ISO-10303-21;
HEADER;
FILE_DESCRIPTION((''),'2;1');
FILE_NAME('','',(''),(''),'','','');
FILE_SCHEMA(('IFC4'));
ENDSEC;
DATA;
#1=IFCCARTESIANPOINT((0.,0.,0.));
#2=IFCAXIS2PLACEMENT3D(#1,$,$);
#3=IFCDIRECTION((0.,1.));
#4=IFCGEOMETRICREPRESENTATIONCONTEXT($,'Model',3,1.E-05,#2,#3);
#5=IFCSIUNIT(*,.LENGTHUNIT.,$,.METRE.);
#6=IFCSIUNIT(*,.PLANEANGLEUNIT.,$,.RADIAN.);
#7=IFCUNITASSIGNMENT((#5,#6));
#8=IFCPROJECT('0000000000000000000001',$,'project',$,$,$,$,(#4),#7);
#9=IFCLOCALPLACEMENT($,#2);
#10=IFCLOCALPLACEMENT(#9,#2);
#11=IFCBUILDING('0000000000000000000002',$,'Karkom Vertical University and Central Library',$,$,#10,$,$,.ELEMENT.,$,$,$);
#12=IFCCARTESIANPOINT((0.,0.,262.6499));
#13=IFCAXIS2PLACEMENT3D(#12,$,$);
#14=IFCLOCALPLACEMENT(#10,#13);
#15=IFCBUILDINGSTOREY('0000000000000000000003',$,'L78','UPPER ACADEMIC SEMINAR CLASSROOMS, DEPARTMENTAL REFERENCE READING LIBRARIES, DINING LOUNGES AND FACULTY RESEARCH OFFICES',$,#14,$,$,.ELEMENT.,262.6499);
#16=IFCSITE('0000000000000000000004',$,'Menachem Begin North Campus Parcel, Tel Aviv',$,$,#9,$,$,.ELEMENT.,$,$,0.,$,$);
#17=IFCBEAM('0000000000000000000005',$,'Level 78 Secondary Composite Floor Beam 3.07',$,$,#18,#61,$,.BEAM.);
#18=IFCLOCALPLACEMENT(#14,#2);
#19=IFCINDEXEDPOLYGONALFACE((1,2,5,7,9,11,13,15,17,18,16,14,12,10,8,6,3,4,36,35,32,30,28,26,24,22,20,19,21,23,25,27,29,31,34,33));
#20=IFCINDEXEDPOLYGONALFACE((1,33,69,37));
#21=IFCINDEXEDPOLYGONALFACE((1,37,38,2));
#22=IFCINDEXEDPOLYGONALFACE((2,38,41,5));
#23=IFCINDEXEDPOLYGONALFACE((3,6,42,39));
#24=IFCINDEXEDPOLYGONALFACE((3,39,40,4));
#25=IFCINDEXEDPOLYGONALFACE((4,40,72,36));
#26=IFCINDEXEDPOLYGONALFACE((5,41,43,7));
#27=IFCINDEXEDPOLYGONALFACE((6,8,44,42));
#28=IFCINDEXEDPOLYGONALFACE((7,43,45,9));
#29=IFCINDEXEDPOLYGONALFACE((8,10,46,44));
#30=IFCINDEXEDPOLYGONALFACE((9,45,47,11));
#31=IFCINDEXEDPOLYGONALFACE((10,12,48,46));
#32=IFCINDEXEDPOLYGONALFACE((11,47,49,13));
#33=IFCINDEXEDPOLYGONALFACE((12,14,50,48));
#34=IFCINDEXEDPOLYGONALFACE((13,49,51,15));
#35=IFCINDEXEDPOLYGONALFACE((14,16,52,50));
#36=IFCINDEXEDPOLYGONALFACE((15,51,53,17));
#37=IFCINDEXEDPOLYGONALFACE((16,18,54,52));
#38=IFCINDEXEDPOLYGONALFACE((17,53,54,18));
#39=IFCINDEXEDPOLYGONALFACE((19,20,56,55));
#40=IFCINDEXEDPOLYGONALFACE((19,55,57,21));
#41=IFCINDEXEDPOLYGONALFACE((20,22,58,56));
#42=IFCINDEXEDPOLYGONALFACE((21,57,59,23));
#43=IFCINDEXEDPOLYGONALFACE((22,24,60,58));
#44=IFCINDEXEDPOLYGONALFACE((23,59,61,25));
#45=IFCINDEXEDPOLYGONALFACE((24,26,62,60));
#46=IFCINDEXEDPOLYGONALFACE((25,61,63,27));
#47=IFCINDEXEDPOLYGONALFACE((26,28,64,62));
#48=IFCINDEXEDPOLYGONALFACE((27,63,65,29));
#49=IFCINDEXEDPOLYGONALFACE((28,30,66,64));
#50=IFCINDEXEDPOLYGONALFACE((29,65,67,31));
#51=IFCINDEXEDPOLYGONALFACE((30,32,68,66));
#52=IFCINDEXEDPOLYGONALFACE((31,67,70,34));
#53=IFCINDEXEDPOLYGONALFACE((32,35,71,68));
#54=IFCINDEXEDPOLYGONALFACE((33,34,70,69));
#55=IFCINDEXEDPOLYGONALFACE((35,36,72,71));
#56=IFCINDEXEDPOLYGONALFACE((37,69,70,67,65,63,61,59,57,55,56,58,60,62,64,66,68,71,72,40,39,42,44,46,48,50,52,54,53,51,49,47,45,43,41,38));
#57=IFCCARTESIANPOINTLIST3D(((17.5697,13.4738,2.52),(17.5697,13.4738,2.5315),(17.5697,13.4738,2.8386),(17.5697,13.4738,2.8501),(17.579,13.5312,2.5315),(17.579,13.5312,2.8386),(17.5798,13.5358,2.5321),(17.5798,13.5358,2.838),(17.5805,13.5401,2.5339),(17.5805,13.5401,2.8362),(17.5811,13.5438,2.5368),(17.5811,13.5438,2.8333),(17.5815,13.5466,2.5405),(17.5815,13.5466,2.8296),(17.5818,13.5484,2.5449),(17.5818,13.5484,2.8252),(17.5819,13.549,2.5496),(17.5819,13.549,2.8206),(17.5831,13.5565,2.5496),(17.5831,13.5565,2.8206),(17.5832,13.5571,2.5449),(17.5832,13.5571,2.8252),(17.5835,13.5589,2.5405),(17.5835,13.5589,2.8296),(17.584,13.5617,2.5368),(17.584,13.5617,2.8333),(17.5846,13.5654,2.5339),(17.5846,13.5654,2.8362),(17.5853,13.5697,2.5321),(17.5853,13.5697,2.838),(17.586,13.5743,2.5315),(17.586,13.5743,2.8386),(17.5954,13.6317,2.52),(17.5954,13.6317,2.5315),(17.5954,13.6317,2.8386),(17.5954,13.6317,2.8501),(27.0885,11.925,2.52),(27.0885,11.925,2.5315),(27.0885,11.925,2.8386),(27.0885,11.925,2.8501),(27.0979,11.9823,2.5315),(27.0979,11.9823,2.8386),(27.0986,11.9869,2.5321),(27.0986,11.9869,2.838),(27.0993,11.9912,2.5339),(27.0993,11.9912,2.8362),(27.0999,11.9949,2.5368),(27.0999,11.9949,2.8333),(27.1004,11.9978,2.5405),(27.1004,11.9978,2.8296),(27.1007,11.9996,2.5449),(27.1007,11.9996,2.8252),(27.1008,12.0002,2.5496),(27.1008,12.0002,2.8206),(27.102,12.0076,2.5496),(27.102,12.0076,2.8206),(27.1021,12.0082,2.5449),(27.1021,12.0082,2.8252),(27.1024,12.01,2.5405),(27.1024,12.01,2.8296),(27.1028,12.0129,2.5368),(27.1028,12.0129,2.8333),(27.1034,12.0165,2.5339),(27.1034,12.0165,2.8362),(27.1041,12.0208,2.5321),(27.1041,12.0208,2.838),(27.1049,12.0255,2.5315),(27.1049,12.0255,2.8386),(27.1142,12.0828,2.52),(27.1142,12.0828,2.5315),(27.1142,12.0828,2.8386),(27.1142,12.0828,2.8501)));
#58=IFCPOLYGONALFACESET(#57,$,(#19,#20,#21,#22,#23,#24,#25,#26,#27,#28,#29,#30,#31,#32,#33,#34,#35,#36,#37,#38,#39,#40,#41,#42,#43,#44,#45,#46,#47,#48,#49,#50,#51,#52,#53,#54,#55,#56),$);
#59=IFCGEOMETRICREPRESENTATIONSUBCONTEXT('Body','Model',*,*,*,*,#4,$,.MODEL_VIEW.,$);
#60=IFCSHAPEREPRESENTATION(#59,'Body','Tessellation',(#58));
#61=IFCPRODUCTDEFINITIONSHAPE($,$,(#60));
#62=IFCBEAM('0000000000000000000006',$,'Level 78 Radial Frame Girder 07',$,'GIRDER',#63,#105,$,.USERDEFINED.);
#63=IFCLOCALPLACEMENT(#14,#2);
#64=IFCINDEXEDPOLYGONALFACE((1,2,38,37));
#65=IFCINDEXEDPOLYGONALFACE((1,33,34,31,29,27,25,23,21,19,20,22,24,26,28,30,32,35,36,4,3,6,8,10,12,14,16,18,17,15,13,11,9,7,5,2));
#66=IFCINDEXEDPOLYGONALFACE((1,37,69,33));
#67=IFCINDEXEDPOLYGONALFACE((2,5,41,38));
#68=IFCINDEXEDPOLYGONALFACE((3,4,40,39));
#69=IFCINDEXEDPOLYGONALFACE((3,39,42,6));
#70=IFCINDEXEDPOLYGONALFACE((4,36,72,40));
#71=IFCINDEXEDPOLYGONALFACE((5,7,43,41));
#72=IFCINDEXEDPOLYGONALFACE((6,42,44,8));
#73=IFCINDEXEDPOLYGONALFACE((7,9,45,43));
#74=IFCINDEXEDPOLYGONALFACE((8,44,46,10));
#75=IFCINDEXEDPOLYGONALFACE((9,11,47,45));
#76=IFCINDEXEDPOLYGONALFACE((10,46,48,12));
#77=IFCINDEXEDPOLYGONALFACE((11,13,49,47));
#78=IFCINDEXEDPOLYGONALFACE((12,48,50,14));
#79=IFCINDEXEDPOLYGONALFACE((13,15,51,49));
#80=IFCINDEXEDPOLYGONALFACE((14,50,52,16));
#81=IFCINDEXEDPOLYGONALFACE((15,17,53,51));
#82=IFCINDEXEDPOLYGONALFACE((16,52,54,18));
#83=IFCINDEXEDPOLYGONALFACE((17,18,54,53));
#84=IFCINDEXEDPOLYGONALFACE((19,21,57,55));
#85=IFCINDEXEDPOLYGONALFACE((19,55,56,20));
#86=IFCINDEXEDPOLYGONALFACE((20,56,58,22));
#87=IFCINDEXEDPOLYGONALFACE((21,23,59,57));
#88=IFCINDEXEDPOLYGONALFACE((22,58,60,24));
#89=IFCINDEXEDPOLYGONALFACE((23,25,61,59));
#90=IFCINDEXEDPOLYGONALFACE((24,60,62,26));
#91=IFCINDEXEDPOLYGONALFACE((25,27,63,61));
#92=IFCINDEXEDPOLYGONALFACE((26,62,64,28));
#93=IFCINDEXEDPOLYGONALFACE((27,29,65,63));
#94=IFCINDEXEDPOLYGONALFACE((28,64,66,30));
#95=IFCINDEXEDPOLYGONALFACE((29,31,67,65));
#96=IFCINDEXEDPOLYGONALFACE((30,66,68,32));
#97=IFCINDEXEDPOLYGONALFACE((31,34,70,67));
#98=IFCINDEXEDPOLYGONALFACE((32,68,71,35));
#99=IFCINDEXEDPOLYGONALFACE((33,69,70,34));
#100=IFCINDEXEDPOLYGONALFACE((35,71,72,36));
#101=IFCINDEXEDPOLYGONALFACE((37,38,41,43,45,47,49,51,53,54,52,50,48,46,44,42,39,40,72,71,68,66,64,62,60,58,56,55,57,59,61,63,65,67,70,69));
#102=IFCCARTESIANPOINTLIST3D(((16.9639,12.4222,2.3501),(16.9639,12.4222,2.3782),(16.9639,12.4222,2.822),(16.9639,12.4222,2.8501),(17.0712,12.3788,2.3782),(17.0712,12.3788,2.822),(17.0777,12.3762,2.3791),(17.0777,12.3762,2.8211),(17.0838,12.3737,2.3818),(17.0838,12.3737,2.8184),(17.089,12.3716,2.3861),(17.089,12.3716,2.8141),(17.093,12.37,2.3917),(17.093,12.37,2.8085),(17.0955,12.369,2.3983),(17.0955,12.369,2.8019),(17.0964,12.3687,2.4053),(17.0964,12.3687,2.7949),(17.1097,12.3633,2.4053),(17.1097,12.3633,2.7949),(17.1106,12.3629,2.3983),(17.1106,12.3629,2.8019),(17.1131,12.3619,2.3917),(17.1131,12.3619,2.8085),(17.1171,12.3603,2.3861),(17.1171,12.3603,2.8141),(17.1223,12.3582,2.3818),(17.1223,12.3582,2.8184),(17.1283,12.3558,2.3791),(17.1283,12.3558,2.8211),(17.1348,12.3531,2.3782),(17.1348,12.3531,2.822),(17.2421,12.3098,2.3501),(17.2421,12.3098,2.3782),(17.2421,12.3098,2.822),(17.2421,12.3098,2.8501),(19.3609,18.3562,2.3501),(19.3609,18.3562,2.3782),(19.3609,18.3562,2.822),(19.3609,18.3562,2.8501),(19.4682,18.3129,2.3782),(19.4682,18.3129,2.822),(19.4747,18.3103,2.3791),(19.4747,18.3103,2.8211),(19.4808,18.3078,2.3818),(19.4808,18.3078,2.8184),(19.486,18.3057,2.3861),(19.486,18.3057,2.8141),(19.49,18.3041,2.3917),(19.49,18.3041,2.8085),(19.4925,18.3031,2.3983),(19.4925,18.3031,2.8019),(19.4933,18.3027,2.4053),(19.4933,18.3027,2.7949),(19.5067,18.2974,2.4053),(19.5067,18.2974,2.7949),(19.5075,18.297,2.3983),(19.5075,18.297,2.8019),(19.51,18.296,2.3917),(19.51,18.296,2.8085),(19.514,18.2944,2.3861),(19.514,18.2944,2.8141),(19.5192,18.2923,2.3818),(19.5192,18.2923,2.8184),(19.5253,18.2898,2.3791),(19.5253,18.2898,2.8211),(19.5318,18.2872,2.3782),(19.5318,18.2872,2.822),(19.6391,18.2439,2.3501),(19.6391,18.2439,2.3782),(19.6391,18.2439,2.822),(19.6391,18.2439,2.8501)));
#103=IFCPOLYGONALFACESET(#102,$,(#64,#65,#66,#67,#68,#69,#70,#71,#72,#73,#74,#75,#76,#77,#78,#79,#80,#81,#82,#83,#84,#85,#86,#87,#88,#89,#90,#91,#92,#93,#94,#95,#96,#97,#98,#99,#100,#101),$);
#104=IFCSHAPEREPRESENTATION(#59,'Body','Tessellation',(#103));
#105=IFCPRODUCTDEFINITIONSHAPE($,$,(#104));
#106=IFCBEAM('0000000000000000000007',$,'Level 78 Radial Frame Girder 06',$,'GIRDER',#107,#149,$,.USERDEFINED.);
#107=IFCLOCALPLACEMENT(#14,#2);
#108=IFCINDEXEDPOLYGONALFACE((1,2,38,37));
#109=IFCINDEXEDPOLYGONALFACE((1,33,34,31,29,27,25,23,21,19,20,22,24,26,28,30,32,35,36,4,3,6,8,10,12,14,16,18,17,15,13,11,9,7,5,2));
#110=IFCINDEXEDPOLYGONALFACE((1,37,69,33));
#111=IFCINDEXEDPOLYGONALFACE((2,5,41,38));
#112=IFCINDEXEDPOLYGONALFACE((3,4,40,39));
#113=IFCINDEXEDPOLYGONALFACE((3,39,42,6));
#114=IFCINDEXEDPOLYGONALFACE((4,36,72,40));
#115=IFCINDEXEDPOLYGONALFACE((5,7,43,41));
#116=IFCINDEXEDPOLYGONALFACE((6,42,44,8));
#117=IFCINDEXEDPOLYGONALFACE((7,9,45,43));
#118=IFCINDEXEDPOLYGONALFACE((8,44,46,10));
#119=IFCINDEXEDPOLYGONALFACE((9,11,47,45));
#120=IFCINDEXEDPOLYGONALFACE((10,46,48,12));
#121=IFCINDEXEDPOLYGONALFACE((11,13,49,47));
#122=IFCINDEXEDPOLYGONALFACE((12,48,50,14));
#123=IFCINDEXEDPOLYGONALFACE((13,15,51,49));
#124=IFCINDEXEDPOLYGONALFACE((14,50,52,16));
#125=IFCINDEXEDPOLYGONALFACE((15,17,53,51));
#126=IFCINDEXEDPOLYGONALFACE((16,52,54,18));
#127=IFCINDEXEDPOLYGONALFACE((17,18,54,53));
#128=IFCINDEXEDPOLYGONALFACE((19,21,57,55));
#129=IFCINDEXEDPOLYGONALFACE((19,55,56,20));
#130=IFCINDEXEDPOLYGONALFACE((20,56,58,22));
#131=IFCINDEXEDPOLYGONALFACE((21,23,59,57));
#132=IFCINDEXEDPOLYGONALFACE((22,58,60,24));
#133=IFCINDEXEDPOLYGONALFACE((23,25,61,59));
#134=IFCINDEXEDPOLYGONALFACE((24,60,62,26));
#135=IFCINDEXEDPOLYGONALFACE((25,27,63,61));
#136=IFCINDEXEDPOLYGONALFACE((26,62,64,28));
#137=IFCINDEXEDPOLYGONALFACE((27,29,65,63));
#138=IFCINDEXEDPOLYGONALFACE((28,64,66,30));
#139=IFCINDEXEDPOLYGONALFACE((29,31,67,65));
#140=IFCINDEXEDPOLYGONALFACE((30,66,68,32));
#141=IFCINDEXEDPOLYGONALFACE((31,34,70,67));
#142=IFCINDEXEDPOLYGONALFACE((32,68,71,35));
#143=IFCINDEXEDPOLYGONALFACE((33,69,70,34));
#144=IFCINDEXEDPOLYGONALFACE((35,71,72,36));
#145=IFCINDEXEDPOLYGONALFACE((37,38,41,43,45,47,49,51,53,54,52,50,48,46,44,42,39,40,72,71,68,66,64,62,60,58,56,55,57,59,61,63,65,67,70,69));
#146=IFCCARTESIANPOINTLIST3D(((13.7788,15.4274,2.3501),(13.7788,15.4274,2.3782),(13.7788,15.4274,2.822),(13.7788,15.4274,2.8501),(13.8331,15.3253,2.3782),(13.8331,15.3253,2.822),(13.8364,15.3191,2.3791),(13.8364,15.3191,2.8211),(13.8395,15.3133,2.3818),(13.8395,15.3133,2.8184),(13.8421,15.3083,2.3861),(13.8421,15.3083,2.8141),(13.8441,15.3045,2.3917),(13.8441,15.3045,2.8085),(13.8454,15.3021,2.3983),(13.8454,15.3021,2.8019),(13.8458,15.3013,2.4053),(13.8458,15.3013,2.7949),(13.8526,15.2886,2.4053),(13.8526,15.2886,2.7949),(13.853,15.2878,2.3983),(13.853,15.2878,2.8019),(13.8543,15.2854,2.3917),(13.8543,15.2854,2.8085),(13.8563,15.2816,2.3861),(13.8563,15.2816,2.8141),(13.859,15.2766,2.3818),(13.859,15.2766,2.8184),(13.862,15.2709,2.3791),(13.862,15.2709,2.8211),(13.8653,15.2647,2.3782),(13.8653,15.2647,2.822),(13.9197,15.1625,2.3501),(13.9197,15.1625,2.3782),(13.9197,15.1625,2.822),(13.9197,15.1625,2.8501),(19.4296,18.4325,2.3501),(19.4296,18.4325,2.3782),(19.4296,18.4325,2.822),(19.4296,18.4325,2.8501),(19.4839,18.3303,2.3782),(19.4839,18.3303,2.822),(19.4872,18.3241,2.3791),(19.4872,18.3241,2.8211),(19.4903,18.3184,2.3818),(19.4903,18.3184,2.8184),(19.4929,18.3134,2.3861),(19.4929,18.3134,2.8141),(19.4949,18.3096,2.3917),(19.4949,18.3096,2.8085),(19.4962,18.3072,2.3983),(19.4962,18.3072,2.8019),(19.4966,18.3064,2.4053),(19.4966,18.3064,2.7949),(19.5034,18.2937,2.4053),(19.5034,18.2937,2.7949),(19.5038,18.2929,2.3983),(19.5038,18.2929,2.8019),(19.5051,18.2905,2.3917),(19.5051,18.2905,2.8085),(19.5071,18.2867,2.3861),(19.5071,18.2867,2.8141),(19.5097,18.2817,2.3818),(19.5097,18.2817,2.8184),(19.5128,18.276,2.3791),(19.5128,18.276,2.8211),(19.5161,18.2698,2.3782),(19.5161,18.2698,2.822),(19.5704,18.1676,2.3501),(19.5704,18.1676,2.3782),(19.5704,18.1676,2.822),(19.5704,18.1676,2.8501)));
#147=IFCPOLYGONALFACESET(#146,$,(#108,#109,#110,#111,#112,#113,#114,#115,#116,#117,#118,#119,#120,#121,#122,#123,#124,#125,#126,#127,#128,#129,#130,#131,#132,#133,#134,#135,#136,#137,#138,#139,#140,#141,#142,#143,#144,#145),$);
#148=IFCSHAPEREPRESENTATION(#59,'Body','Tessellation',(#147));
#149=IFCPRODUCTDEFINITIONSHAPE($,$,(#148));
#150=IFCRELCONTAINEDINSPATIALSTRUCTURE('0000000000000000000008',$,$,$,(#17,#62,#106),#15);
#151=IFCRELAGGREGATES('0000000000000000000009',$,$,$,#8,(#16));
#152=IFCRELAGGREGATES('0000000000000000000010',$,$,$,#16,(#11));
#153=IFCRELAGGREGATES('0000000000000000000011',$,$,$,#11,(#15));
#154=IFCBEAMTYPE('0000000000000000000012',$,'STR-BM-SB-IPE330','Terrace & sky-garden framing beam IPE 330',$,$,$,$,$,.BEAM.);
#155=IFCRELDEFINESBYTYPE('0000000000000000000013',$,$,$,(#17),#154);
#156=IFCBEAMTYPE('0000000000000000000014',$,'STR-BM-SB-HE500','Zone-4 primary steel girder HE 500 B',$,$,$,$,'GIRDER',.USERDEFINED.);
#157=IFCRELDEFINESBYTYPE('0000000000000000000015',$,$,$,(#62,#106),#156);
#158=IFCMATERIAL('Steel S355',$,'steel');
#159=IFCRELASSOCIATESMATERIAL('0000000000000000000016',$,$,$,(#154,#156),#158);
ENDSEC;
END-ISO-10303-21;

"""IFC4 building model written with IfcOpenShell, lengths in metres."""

from ifc_helpers import new_model, si_unit, direction, frame, origin, origin_with_axes, origin_2d, place, context, subcontext, project, spatial, i_section, extrude, source, transform, mapped, material, material_profile, profile_set, type_object, element, save


model = new_model("IFC4")

# Units and contexts
model_context = context("Model", 3, precision=1e-05, world=origin(), true_north=direction((0.0, 1.0)))
body_context = subcontext(model_context, "Body", "Model", "MODEL_VIEW")
ifc_project = project(units=[si_unit("LENGTHUNIT", "METRE"), si_unit("PLANEANGLEUNIT", "RADIAN")], contexts=[model_context])

# Site, building, storey
site_placement = place(None, origin())
site = spatial("IfcSite", under=ifc_project, at=site_placement, Name="Menachem Begin North Campus Parcel, Tel Aviv", CompositionType="ELEMENT", RefElevation=0.0)
building_placement = place(site_placement, origin())
building = spatial("IfcBuilding", under=site, at=building_placement, Name="Karkom Vertical University and Central Library", CompositionType="ELEMENT")
storey_placement = place(building_placement, frame((0.0, 0.0, 262.6499)))
storey = spatial("IfcBuildingStorey", under=building, at=storey_placement, Name="L78", Description="UPPER ACADEMIC SEMINAR CLASSROOMS, DEPARTMENTAL REFERENCE READING LIBRARIES, DINING LOUNGES AND FACULTY RESEARCH OFFICES", CompositionType="ELEMENT", Elevation=262.6499)

# Beams
ifc_material_1 = material(Name="Steel S355", Category="steel")
ifc_material_profile_1 = material_profile(ifc_material_1, i_section(OverallWidth=0.1599, OverallDepth=0.3301, WebThickness=0.0076, FlangeThickness=0.0115, FilletRadius=0.0181, at=origin_2d()), Name="IPE 330")
ifc_profile_set_1 = profile_set([ifc_material_profile_1], Name="Steel S355")
beam_type_1 = type_object("IfcBeamType", Name="STR-BM-SB-IPE330", Description="Terrace & sky-garden framing beam IPE 330", PredefinedType="BEAM", material=ifc_profile_set_1)
shared_shape_1 = source(origin_with_axes(), body_context, "Body", "SweptSolid", [
    extrude(i_section(OverallWidth=0.1599, OverallDepth=0.3301, WebThickness=0.0076, FlangeThickness=0.0115, FilletRadius=0.0181, at=origin_2d()), origin(), (0.0, 0.0, 1.0), 9.644),
])
beam_1_placement = place(storey_placement, frame((17.5825, 13.5527, 2.6851), z_axis=(0.987019, -0.1606, 0.0), x_axis=(0.1606, 0.987019, 0.0)))
element("IfcBeam", 1, at=beam_1_placement, inside=storey, type_object=beam_type_1, Name="Level 78 Secondary Composite Floor Beam 3.07", PredefinedType="BEAM", context=body_context, shape_type="MappedRepresentation", body=[
    mapped(shared_shape_1, transform((0.0, 0.0, 0.0), scale=1.0)),
])
ifc_material_profile_2 = material_profile(ifc_material_1, i_section(OverallWidth=0.3, OverallDepth=0.5, WebThickness=0.0144, FlangeThickness=0.0281, FilletRadius=0.0271, at=origin_2d()), Name="HE 500 B")
ifc_profile_set_2 = profile_set([ifc_material_profile_2], Name="Steel S355")
beam_type_2 = type_object("IfcBeamType", Name="STR-BM-SB-HE500", Description="Zone-4 primary steel girder HE 500 B", ElementType="GIRDER", PredefinedType="USERDEFINED", material=ifc_profile_set_2)
shared_shape_2 = source(origin_with_axes(), body_context, "Body", "SweptSolid", [
    extrude(i_section(OverallWidth=0.3, OverallDepth=0.5, WebThickness=0.0144, FlangeThickness=0.0281, FilletRadius=0.0271, at=origin_2d()), origin(), (0.0, 0.0, 1.0), 6.3999),
])
beam_2_placement = place(storey_placement, frame((19.5, 18.3, 2.6001), z_axis=(-0.374532, -0.927214, 0.0), x_axis=(0.927214, -0.374532, 0.0)))
element("IfcBeam", 2, at=beam_2_placement, inside=storey, type_object=beam_type_2, Name="Level 78 Radial Frame Girder 07", ObjectType="GIRDER", PredefinedType="USERDEFINED", context=body_context, shape_type="MappedRepresentation", body=[
    mapped(shared_shape_2, transform((0.0, 0.0, 0.0), scale=1.0)),
])
shared_shape_3 = source(origin_with_axes(), body_context, "Body", "SweptSolid", [
    extrude(i_section(OverallWidth=0.3, OverallDepth=0.5, WebThickness=0.0144, FlangeThickness=0.0281, FilletRadius=0.0271, at=origin_2d()), origin(), (0.0, 0.0, 1.0), 6.4001),
])
beam_3_placement = place(storey_placement, frame((19.5, 18.3, 2.6001), z_axis=(-0.882915, -0.469533, 0.0), x_axis=(0.469533, -0.882915, 0.0)))
element("IfcBeam", 3, at=beam_3_placement, inside=storey, type_object=beam_type_2, Name="Level 78 Radial Frame Girder 06", ObjectType="GIRDER", PredefinedType="USERDEFINED", context=body_context, shape_type="MappedRepresentation", body=[
    mapped(shared_shape_3, transform((0.0, 0.0, 0.0), scale=1.0)),
])

save(model, "model.ifc")
